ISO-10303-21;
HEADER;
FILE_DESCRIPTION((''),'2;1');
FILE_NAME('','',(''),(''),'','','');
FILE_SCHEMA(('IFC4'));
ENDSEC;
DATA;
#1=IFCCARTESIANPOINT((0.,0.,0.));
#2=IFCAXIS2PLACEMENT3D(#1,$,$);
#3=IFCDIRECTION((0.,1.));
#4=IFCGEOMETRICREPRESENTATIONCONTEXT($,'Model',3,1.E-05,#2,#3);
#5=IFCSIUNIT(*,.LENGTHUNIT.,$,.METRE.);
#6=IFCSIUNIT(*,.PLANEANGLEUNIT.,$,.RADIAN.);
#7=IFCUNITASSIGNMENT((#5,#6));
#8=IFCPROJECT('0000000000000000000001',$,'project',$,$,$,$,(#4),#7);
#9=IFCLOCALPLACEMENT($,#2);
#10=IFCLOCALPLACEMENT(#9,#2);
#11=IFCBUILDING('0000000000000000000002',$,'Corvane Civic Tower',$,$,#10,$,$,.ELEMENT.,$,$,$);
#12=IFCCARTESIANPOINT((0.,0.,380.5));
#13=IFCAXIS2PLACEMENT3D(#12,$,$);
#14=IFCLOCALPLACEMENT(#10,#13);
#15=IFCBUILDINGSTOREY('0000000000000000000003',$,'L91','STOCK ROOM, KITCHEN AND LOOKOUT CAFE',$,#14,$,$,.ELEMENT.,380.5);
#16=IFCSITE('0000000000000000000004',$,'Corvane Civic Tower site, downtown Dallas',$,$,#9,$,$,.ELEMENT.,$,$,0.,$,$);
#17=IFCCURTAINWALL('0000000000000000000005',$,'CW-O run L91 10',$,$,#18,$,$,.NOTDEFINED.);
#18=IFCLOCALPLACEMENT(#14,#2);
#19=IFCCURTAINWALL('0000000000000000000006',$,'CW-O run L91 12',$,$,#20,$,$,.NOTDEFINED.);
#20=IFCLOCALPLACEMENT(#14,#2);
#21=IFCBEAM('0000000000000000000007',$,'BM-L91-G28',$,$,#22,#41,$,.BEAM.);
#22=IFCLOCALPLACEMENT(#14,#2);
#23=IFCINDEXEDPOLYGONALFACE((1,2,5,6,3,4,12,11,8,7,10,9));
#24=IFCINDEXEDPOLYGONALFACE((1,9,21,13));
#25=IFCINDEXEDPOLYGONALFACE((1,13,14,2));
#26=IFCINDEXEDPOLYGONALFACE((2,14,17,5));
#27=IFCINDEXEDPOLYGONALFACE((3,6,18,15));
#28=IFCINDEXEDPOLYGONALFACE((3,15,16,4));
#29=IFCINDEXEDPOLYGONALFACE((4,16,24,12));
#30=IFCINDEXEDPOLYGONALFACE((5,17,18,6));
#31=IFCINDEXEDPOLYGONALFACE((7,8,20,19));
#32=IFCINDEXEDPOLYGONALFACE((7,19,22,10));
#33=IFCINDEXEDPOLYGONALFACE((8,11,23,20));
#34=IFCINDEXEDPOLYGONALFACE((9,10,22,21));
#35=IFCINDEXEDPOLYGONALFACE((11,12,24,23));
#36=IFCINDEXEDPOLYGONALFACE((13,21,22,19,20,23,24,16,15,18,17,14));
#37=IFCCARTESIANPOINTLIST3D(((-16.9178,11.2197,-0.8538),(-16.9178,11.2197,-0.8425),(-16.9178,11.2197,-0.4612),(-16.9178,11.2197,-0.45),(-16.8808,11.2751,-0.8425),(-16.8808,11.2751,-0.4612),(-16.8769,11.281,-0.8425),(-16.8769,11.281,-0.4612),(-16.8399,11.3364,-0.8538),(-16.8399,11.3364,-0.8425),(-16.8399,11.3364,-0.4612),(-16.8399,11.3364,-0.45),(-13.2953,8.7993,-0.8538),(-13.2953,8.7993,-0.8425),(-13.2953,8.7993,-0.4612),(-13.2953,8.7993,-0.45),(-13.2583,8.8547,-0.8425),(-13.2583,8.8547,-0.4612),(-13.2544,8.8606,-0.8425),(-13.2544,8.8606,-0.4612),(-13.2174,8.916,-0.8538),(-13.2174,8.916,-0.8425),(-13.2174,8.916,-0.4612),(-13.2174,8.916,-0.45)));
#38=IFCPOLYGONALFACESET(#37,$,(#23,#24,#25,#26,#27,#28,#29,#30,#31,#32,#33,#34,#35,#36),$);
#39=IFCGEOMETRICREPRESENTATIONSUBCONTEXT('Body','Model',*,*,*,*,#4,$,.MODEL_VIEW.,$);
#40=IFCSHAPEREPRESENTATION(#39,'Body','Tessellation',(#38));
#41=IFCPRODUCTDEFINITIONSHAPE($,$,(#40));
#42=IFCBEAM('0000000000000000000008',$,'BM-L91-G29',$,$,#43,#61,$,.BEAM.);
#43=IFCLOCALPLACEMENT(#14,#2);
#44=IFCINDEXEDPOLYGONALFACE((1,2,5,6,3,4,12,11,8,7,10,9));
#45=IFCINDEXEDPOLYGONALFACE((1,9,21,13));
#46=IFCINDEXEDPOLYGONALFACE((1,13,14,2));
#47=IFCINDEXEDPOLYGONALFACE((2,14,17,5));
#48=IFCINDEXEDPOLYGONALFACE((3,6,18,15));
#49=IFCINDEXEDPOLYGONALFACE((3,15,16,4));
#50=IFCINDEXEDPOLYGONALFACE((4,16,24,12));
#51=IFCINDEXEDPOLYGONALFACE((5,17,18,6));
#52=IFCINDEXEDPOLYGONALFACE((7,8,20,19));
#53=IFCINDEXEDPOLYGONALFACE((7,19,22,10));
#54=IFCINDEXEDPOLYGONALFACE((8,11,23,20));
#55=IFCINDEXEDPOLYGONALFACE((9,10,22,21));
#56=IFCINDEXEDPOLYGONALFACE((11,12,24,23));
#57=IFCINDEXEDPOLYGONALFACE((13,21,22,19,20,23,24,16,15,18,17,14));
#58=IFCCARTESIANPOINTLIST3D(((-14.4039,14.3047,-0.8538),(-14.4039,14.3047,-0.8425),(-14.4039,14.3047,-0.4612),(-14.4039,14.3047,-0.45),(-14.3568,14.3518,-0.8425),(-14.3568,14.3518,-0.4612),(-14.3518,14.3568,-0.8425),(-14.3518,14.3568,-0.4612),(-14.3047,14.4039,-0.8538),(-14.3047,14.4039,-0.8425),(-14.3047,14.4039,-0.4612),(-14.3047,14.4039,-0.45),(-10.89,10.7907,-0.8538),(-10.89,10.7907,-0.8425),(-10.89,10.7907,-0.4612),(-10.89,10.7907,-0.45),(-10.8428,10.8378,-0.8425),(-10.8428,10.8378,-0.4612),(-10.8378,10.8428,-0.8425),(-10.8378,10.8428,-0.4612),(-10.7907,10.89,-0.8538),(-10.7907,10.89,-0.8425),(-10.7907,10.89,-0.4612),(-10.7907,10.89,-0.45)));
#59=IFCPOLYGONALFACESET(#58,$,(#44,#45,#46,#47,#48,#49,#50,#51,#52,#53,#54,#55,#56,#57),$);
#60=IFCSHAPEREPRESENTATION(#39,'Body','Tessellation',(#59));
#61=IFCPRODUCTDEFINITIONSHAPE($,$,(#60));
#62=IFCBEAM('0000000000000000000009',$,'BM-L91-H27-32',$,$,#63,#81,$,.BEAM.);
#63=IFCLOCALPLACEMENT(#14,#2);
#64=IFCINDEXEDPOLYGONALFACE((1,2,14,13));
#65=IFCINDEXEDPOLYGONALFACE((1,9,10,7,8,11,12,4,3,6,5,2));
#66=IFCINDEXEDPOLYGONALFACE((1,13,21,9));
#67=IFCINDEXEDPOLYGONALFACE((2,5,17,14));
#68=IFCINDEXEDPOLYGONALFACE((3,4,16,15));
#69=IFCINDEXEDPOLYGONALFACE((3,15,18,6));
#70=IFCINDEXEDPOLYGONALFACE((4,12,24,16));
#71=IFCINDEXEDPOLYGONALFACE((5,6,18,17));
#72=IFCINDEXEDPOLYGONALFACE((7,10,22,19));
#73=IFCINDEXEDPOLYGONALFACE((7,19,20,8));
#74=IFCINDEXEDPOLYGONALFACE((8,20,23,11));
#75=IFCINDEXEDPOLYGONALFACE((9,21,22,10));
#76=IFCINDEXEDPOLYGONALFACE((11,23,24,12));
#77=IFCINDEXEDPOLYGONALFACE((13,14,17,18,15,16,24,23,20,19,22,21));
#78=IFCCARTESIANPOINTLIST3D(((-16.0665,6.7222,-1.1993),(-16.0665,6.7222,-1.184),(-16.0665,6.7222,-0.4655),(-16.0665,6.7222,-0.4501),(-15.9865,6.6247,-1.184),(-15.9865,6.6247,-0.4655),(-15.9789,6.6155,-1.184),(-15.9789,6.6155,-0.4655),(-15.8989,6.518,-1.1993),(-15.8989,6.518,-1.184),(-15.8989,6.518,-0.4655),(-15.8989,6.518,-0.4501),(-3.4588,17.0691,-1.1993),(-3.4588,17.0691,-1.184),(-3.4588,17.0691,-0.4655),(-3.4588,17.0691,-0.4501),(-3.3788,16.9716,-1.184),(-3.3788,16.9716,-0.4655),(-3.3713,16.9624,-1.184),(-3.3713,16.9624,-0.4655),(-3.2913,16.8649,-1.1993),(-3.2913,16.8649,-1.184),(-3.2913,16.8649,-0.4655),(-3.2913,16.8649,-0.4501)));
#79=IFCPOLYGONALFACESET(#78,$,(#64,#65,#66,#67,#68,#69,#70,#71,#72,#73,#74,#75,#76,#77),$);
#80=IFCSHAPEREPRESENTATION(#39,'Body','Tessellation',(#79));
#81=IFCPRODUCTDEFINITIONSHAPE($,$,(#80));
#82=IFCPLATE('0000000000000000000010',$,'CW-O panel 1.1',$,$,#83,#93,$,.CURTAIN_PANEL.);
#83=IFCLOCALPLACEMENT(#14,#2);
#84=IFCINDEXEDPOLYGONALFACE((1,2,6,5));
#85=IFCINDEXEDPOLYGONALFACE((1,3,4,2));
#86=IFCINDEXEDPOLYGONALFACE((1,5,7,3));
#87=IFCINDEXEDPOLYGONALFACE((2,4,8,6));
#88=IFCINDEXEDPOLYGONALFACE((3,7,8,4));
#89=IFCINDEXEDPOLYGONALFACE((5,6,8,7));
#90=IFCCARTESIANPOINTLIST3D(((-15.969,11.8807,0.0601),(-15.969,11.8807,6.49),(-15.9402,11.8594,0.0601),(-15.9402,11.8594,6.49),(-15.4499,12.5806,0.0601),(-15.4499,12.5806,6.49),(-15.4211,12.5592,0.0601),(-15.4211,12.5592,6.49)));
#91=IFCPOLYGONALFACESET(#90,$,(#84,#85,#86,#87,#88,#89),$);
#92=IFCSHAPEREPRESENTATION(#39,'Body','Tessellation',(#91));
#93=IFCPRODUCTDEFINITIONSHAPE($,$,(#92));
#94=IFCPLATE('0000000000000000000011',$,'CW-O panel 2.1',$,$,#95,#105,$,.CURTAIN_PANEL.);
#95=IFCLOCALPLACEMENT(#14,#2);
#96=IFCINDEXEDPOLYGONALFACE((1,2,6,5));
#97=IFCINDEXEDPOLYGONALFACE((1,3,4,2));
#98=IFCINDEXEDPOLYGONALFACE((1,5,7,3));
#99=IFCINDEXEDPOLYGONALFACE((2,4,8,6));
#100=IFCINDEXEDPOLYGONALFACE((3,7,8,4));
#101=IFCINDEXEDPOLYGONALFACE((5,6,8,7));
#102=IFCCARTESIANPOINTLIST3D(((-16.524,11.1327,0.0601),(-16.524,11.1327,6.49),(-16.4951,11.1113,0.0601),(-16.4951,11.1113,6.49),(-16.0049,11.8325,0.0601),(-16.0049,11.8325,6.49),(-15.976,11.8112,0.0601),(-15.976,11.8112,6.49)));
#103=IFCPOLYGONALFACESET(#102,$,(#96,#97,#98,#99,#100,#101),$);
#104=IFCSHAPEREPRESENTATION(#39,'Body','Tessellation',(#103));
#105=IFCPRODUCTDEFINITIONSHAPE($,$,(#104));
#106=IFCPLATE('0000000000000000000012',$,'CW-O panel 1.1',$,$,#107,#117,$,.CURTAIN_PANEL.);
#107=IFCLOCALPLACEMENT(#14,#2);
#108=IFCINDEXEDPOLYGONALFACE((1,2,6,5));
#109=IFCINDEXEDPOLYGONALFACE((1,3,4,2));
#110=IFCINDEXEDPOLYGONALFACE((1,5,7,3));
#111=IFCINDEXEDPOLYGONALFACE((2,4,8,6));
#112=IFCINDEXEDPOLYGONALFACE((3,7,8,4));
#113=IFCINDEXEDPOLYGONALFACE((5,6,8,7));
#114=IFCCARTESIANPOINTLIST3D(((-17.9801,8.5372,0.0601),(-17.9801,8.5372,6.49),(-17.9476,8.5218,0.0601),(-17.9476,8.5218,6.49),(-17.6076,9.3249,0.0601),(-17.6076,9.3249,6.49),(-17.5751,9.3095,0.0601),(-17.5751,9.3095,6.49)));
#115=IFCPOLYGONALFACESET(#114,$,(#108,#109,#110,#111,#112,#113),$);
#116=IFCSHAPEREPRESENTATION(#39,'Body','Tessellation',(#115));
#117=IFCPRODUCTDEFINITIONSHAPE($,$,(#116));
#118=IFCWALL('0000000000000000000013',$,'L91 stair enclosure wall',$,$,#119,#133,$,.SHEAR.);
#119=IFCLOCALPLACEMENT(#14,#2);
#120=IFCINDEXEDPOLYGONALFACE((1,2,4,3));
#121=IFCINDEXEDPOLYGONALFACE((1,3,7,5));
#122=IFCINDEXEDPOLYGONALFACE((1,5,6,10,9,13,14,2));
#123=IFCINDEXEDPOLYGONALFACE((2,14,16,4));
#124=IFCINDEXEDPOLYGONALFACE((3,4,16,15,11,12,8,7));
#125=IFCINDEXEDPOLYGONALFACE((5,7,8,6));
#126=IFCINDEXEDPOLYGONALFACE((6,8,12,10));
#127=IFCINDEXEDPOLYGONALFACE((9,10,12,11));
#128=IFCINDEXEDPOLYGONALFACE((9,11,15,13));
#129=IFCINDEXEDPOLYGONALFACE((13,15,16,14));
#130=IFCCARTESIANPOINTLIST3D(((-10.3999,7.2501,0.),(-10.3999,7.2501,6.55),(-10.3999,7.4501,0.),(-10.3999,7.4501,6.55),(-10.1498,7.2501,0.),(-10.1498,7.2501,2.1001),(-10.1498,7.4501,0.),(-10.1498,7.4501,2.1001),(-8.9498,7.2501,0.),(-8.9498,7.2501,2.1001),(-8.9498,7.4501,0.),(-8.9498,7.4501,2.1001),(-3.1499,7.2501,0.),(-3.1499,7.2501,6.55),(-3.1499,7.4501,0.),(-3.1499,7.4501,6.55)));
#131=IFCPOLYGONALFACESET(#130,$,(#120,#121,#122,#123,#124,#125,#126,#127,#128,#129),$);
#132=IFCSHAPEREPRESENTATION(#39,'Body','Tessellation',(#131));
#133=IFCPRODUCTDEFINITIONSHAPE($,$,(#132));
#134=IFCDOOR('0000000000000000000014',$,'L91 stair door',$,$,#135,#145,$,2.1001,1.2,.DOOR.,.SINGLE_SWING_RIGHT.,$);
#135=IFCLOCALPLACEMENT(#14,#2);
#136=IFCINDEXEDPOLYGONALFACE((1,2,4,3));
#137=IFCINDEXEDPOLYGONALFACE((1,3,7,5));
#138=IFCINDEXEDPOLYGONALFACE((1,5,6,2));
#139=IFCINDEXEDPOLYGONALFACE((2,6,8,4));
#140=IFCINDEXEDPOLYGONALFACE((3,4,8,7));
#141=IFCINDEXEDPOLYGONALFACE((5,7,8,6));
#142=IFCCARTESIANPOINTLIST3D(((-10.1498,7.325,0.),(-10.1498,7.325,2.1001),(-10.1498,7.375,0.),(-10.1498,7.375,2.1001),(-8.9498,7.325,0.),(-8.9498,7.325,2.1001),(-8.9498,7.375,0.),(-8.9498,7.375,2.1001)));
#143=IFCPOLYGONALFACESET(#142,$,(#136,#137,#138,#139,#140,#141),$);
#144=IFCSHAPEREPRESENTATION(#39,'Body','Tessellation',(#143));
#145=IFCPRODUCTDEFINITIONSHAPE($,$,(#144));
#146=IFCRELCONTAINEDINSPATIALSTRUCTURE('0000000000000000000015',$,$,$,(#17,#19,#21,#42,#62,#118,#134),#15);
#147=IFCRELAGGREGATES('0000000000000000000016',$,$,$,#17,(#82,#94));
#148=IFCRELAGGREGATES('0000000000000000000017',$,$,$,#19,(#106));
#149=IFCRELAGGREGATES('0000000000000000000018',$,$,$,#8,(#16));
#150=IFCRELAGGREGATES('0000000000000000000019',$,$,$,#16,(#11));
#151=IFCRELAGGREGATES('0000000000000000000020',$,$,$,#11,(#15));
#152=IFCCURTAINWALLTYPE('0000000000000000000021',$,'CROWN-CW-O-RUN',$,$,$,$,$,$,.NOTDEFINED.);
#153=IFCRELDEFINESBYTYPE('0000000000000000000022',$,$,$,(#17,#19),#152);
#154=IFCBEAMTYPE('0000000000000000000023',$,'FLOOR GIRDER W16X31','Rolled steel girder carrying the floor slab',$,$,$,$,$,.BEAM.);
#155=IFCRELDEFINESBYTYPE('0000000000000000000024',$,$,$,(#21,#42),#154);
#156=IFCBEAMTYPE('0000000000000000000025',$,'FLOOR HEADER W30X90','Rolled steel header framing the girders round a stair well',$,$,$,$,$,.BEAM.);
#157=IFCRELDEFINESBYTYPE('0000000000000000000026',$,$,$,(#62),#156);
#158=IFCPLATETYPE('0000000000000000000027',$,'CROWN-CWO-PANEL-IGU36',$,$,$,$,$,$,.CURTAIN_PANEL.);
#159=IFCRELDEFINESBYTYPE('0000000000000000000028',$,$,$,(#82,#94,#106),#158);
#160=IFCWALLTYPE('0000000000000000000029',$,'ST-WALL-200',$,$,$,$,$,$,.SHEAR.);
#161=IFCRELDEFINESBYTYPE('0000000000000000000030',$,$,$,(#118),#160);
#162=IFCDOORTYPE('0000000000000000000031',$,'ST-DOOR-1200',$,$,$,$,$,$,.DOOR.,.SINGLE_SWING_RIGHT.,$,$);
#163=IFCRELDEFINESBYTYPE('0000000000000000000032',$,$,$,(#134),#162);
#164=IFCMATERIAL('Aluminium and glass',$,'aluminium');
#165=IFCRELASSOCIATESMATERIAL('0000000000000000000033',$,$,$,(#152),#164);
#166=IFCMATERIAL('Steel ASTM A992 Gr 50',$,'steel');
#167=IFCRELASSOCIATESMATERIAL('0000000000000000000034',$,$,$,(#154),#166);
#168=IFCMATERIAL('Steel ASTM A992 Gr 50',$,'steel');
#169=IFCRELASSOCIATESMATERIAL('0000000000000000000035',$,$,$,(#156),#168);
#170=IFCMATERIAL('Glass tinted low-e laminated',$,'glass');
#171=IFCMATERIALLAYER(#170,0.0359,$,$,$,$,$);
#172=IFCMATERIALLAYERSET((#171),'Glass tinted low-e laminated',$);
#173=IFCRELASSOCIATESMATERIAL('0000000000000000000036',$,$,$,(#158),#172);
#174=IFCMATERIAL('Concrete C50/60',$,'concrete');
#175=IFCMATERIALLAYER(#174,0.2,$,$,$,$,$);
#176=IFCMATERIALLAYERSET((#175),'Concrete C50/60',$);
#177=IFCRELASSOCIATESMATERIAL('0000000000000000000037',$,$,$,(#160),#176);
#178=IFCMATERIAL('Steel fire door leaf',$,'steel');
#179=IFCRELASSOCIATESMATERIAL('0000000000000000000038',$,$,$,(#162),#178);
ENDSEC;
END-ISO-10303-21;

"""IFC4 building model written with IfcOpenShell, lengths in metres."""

from ifc_helpers import new_model, si_unit, direction, frame, frame_2d, origin, origin_2d, place, context, subcontext, project, spatial, rectangle, i_section, extrude, material, layer, layer_set, material_profile, profile_set, type_object, element, fill, aggregate, save


model = new_model("IFC4")

# Units and contexts
model_context = context("Model", 3, precision=1e-05, world=origin(), true_north=direction((0.0, 1.0)))
body_context = subcontext(model_context, "Body", "Model", "MODEL_VIEW")
ifc_project = project(units=[si_unit("LENGTHUNIT", "METRE"), si_unit("PLANEANGLEUNIT", "RADIAN")], contexts=[model_context])

# Site, building, storey
site_placement = place(None, origin())
site = spatial("IfcSite", under=ifc_project, at=site_placement, Name="Corvane Civic Tower site, downtown Dallas", CompositionType="ELEMENT", RefElevation=0.0)
building_placement = place(site_placement, origin())
building = spatial("IfcBuilding", under=site, at=building_placement, Name="Corvane Civic Tower", CompositionType="ELEMENT")
storey_placement = place(building_placement, frame((0.0, 0.0, 380.5)))
storey = spatial("IfcBuildingStorey", under=building, at=storey_placement, Name="L91", Description="STOCK ROOM, KITCHEN AND LOOKOUT CAFE", CompositionType="ELEMENT", Elevation=380.5)

# Curtain wall
ifc_material_1 = material(Name="Aluminium and glass", Category="aluminium")
curtain_wall_type = type_object("IfcCurtainWallType", Name="CROWN-CW-O-RUN", PredefinedType="NOTDEFINED", material=ifc_material_1)
curtain_wall_1_placement = place(storey_placement, origin())
curtain_wall_1 = element("IfcCurtainWall", 1, at=curtain_wall_1_placement, inside=storey, type_object=curtain_wall_type, Name="CW-O run L91 10", PredefinedType="NOTDEFINED")

# Curtain wall
curtain_wall_2_placement = place(storey_placement, origin())
curtain_wall_2 = element("IfcCurtainWall", 2, at=curtain_wall_2_placement, inside=storey, type_object=curtain_wall_type, Name="CW-O run L91 12", PredefinedType="NOTDEFINED")

# Beams
ifc_material_2 = material(Name="Steel ASTM A992 Gr 50", Category="steel")
ifc_material_profile_1 = material_profile(ifc_material_2, i_section(OverallWidth=0.1404, OverallDepth=0.4038, WebThickness=0.0071, FlangeThickness=0.0112, at=origin_2d()), Name="W16X31")
ifc_profile_set_1 = profile_set([ifc_material_profile_1], Name="Steel ASTM A992 Gr 50")
beam_type_1 = type_object("IfcBeamType", Name="FLOOR GIRDER W16X31", Description="Rolled steel girder carrying the floor slab", PredefinedType="BEAM", material=ifc_profile_set_1)
beam_1_placement = place(storey_placement, frame((-13.2563, 8.8577, -0.6519), z_axis=(-0.831481, 0.555553, 0.0), x_axis=(-0.555553, -0.831481, 0.0)))
element("IfcBeam", 3, at=beam_1_placement, inside=storey, type_object=beam_type_1, Name="BM-L91-G28", PredefinedType="BEAM", context=body_context, shape_type="SweptSolid", body=[
    extrude(i_section(OverallWidth=0.1404, OverallDepth=0.4038, WebThickness=0.0071, FlangeThickness=0.0112, at=origin_2d()), origin(), (0.0, 0.0, 1.0), 4.3567),
])
beam_2_placement = place(storey_placement, frame((-10.8403, 10.8403, -0.6519), z_axis=(-0.707107, 0.707107, 0.0), x_axis=(-0.707107, -0.707107, 0.0)))
element("IfcBeam", 4, at=beam_2_placement, inside=storey, type_object=beam_type_1, Name="BM-L91-G29", PredefinedType="BEAM", context=body_context, shape_type="SweptSolid", body=[
    extrude(i_section(OverallWidth=0.1404, OverallDepth=0.4038, WebThickness=0.0071, FlangeThickness=0.0112, at=origin_2d()), origin(), (0.0, 0.0, 1.0), 4.9695),
])
ifc_material_3 = material(Name="Steel ASTM A992 Gr 50", Category="steel")
ifc_material_profile_2 = material_profile(ifc_material_3, i_section(OverallWidth=0.2642, OverallDepth=0.7493, WebThickness=0.012, FlangeThickness=0.0154, at=origin_2d()), Name="W30X90")
ifc_profile_set_2 = profile_set([ifc_material_profile_2], Name="Steel ASTM A992 Gr 50")
beam_type_2 = type_object("IfcBeamType", Name="FLOOR HEADER W30X90", Description="Rolled steel header framing the girders round a stair well", PredefinedType="BEAM", material=ifc_profile_set_2)
beam_3_placement = place(storey_placement, frame((-15.9827, 6.6201, -0.8247), z_axis=(0.773008, 0.634396, 0.0), x_axis=(-0.634396, 0.773008, 0.0)))
element("IfcBeam", 5, at=beam_3_placement, inside=storey, type_object=beam_type_2, Name="BM-L91-H27-32", PredefinedType="BEAM", context=body_context, shape_type="SweptSolid", body=[
    extrude(i_section(OverallWidth=0.2642, OverallDepth=0.7493, WebThickness=0.012, FlangeThickness=0.0154, at=origin_2d()), origin(), (0.0, 0.0, 1.0), 16.3098),
])

# Plates
ifc_material_4 = material(Name="Glass tinted low-e laminated", Category="glass")
ifc_layer_1 = layer(ifc_material_4, 0.0359)
ifc_layer_set_1 = layer_set([ifc_layer_1], Name="Glass tinted low-e laminated")
plate_type = type_object("IfcPlateType", Name="CROWN-CWO-PANEL-IGU36", PredefinedType="CURTAIN_PANEL", material=ifc_layer_set_1)
plate_1_placement = place(storey_placement, frame((-15.6951, 12.22, 0.0601), z_axis=(0.0, 0.0, 1.0), x_axis=(-0.595722, -0.80319, 0.0)))
plate_1 = element("IfcPlate", 6, at=plate_1_placement, type_object=plate_type, Name="CW-O panel 1.1", PredefinedType="CURTAIN_PANEL", context=body_context, shape_type="SweptSolid", body=[
    extrude(rectangle(XDim=0.8713, YDim=0.0359, at=origin_2d()), origin(), (0.0, 0.0, 1.0), 6.4299),
])
plate_2_placement = place(storey_placement, frame((-16.25, 11.4719, 0.0601), z_axis=(0.0, 0.0, 1.0), x_axis=(-0.595722, -0.80319, 0.0)))
plate_2 = element("IfcPlate", 7, at=plate_2_placement, type_object=plate_type, Name="CW-O panel 2.1", PredefinedType="CURTAIN_PANEL", context=body_context, shape_type="SweptSolid", body=[
    extrude(rectangle(XDim=0.8713, YDim=0.0359, at=origin_2d()), origin(), (0.0, 0.0, 1.0), 6.4299),
])
aggregate(curtain_wall_1, [plate_1, plate_2])
plate_3_placement = place(storey_placement, frame((-17.7776, 8.9233, 0.0601), z_axis=(0.0, 0.0, 1.0), x_axis=(-0.427509, -0.904011, 0.0)))
plate_3 = element("IfcPlate", 8, at=plate_3_placement, type_object=plate_type, Name="CW-O panel 1.1", PredefinedType="CURTAIN_PANEL", context=body_context, shape_type="SweptSolid", body=[
    extrude(rectangle(XDim=0.8713, YDim=0.0359, at=origin_2d()), origin(), (0.0, 0.0, 1.0), 6.4299),
])
aggregate(curtain_wall_2, [plate_3])

# Wall, opening, door
ifc_material_5 = material(Name="Concrete C50/60", Category="concrete")
ifc_layer_2 = layer(ifc_material_5, 0.2)
ifc_layer_set_2 = layer_set([ifc_layer_2], Name="Concrete C50/60")
wall_type_1 = type_object("IfcWallType", Name="ST-WALL-200", PredefinedType="SHEAR", material=ifc_layer_set_2)
wall_1_placement = place(storey_placement, frame((-10.3999, 7.3501, 0.0), z_axis=(0.0, 0.0, 1.0), x_axis=(1.0, 0.0, 0.0)))
wall_1 = element("IfcWall", 9, at=wall_1_placement, inside=storey, type_object=wall_type_1, Name="L91 stair enclosure wall", PredefinedType="SHEAR", context=body_context, shape_type="SweptSolid", body=[
    extrude(rectangle(XDim=7.25, YDim=0.2, at=frame_2d((3.625, 0.0))), origin(), (0.0, 0.0, 1.0), 6.55),
])
opening_1_placement = place(wall_1_placement, frame((0.25, 0.0, 0.0)))
opening_1 = element("IfcOpeningElement", 10, at=opening_1_placement, cuts=wall_1, PredefinedType="OPENING", context=body_context, shape_type="SweptSolid", body=[
    extrude(rectangle(XDim=1.2, YDim=2.1001, at=frame_2d((0.6001, 1.05))), frame((0.0, 0.1099, 0.0), z_axis=(0.0, -1.0, 0.0), x_axis=(1.0, 0.0, 0.0)), (0.0, 0.0, 1.0), 0.22),
])
ifc_material_6 = material(Name="Steel fire door leaf", Category="steel")
door_type_1 = type_object("IfcDoorType", Name="ST-DOOR-1200", OperationType="SINGLE_SWING_RIGHT", PredefinedType="DOOR", material=ifc_material_6)
door_1_placement = place(opening_1_placement, origin())
door_1 = element("IfcDoor", 11, at=door_1_placement, inside=storey, type_object=door_type_1, Name="L91 stair door", OperationType="SINGLE_SWING_RIGHT", OverallHeight=2.1001, OverallWidth=1.2, PredefinedType="DOOR", context=body_context, shape_type="SweptSolid", body=[
    extrude(rectangle(XDim=1.2, YDim=2.1001, at=frame_2d((0.6001, 1.05))), frame((0.0, 0.0249, 0.0), z_axis=(0.0, -1.0, 0.0), x_axis=(1.0, 0.0, 0.0)), (0.0, 0.0, 1.0), 0.05),
])
fill(opening_1, door_1)

save(model, "model.ifc")
